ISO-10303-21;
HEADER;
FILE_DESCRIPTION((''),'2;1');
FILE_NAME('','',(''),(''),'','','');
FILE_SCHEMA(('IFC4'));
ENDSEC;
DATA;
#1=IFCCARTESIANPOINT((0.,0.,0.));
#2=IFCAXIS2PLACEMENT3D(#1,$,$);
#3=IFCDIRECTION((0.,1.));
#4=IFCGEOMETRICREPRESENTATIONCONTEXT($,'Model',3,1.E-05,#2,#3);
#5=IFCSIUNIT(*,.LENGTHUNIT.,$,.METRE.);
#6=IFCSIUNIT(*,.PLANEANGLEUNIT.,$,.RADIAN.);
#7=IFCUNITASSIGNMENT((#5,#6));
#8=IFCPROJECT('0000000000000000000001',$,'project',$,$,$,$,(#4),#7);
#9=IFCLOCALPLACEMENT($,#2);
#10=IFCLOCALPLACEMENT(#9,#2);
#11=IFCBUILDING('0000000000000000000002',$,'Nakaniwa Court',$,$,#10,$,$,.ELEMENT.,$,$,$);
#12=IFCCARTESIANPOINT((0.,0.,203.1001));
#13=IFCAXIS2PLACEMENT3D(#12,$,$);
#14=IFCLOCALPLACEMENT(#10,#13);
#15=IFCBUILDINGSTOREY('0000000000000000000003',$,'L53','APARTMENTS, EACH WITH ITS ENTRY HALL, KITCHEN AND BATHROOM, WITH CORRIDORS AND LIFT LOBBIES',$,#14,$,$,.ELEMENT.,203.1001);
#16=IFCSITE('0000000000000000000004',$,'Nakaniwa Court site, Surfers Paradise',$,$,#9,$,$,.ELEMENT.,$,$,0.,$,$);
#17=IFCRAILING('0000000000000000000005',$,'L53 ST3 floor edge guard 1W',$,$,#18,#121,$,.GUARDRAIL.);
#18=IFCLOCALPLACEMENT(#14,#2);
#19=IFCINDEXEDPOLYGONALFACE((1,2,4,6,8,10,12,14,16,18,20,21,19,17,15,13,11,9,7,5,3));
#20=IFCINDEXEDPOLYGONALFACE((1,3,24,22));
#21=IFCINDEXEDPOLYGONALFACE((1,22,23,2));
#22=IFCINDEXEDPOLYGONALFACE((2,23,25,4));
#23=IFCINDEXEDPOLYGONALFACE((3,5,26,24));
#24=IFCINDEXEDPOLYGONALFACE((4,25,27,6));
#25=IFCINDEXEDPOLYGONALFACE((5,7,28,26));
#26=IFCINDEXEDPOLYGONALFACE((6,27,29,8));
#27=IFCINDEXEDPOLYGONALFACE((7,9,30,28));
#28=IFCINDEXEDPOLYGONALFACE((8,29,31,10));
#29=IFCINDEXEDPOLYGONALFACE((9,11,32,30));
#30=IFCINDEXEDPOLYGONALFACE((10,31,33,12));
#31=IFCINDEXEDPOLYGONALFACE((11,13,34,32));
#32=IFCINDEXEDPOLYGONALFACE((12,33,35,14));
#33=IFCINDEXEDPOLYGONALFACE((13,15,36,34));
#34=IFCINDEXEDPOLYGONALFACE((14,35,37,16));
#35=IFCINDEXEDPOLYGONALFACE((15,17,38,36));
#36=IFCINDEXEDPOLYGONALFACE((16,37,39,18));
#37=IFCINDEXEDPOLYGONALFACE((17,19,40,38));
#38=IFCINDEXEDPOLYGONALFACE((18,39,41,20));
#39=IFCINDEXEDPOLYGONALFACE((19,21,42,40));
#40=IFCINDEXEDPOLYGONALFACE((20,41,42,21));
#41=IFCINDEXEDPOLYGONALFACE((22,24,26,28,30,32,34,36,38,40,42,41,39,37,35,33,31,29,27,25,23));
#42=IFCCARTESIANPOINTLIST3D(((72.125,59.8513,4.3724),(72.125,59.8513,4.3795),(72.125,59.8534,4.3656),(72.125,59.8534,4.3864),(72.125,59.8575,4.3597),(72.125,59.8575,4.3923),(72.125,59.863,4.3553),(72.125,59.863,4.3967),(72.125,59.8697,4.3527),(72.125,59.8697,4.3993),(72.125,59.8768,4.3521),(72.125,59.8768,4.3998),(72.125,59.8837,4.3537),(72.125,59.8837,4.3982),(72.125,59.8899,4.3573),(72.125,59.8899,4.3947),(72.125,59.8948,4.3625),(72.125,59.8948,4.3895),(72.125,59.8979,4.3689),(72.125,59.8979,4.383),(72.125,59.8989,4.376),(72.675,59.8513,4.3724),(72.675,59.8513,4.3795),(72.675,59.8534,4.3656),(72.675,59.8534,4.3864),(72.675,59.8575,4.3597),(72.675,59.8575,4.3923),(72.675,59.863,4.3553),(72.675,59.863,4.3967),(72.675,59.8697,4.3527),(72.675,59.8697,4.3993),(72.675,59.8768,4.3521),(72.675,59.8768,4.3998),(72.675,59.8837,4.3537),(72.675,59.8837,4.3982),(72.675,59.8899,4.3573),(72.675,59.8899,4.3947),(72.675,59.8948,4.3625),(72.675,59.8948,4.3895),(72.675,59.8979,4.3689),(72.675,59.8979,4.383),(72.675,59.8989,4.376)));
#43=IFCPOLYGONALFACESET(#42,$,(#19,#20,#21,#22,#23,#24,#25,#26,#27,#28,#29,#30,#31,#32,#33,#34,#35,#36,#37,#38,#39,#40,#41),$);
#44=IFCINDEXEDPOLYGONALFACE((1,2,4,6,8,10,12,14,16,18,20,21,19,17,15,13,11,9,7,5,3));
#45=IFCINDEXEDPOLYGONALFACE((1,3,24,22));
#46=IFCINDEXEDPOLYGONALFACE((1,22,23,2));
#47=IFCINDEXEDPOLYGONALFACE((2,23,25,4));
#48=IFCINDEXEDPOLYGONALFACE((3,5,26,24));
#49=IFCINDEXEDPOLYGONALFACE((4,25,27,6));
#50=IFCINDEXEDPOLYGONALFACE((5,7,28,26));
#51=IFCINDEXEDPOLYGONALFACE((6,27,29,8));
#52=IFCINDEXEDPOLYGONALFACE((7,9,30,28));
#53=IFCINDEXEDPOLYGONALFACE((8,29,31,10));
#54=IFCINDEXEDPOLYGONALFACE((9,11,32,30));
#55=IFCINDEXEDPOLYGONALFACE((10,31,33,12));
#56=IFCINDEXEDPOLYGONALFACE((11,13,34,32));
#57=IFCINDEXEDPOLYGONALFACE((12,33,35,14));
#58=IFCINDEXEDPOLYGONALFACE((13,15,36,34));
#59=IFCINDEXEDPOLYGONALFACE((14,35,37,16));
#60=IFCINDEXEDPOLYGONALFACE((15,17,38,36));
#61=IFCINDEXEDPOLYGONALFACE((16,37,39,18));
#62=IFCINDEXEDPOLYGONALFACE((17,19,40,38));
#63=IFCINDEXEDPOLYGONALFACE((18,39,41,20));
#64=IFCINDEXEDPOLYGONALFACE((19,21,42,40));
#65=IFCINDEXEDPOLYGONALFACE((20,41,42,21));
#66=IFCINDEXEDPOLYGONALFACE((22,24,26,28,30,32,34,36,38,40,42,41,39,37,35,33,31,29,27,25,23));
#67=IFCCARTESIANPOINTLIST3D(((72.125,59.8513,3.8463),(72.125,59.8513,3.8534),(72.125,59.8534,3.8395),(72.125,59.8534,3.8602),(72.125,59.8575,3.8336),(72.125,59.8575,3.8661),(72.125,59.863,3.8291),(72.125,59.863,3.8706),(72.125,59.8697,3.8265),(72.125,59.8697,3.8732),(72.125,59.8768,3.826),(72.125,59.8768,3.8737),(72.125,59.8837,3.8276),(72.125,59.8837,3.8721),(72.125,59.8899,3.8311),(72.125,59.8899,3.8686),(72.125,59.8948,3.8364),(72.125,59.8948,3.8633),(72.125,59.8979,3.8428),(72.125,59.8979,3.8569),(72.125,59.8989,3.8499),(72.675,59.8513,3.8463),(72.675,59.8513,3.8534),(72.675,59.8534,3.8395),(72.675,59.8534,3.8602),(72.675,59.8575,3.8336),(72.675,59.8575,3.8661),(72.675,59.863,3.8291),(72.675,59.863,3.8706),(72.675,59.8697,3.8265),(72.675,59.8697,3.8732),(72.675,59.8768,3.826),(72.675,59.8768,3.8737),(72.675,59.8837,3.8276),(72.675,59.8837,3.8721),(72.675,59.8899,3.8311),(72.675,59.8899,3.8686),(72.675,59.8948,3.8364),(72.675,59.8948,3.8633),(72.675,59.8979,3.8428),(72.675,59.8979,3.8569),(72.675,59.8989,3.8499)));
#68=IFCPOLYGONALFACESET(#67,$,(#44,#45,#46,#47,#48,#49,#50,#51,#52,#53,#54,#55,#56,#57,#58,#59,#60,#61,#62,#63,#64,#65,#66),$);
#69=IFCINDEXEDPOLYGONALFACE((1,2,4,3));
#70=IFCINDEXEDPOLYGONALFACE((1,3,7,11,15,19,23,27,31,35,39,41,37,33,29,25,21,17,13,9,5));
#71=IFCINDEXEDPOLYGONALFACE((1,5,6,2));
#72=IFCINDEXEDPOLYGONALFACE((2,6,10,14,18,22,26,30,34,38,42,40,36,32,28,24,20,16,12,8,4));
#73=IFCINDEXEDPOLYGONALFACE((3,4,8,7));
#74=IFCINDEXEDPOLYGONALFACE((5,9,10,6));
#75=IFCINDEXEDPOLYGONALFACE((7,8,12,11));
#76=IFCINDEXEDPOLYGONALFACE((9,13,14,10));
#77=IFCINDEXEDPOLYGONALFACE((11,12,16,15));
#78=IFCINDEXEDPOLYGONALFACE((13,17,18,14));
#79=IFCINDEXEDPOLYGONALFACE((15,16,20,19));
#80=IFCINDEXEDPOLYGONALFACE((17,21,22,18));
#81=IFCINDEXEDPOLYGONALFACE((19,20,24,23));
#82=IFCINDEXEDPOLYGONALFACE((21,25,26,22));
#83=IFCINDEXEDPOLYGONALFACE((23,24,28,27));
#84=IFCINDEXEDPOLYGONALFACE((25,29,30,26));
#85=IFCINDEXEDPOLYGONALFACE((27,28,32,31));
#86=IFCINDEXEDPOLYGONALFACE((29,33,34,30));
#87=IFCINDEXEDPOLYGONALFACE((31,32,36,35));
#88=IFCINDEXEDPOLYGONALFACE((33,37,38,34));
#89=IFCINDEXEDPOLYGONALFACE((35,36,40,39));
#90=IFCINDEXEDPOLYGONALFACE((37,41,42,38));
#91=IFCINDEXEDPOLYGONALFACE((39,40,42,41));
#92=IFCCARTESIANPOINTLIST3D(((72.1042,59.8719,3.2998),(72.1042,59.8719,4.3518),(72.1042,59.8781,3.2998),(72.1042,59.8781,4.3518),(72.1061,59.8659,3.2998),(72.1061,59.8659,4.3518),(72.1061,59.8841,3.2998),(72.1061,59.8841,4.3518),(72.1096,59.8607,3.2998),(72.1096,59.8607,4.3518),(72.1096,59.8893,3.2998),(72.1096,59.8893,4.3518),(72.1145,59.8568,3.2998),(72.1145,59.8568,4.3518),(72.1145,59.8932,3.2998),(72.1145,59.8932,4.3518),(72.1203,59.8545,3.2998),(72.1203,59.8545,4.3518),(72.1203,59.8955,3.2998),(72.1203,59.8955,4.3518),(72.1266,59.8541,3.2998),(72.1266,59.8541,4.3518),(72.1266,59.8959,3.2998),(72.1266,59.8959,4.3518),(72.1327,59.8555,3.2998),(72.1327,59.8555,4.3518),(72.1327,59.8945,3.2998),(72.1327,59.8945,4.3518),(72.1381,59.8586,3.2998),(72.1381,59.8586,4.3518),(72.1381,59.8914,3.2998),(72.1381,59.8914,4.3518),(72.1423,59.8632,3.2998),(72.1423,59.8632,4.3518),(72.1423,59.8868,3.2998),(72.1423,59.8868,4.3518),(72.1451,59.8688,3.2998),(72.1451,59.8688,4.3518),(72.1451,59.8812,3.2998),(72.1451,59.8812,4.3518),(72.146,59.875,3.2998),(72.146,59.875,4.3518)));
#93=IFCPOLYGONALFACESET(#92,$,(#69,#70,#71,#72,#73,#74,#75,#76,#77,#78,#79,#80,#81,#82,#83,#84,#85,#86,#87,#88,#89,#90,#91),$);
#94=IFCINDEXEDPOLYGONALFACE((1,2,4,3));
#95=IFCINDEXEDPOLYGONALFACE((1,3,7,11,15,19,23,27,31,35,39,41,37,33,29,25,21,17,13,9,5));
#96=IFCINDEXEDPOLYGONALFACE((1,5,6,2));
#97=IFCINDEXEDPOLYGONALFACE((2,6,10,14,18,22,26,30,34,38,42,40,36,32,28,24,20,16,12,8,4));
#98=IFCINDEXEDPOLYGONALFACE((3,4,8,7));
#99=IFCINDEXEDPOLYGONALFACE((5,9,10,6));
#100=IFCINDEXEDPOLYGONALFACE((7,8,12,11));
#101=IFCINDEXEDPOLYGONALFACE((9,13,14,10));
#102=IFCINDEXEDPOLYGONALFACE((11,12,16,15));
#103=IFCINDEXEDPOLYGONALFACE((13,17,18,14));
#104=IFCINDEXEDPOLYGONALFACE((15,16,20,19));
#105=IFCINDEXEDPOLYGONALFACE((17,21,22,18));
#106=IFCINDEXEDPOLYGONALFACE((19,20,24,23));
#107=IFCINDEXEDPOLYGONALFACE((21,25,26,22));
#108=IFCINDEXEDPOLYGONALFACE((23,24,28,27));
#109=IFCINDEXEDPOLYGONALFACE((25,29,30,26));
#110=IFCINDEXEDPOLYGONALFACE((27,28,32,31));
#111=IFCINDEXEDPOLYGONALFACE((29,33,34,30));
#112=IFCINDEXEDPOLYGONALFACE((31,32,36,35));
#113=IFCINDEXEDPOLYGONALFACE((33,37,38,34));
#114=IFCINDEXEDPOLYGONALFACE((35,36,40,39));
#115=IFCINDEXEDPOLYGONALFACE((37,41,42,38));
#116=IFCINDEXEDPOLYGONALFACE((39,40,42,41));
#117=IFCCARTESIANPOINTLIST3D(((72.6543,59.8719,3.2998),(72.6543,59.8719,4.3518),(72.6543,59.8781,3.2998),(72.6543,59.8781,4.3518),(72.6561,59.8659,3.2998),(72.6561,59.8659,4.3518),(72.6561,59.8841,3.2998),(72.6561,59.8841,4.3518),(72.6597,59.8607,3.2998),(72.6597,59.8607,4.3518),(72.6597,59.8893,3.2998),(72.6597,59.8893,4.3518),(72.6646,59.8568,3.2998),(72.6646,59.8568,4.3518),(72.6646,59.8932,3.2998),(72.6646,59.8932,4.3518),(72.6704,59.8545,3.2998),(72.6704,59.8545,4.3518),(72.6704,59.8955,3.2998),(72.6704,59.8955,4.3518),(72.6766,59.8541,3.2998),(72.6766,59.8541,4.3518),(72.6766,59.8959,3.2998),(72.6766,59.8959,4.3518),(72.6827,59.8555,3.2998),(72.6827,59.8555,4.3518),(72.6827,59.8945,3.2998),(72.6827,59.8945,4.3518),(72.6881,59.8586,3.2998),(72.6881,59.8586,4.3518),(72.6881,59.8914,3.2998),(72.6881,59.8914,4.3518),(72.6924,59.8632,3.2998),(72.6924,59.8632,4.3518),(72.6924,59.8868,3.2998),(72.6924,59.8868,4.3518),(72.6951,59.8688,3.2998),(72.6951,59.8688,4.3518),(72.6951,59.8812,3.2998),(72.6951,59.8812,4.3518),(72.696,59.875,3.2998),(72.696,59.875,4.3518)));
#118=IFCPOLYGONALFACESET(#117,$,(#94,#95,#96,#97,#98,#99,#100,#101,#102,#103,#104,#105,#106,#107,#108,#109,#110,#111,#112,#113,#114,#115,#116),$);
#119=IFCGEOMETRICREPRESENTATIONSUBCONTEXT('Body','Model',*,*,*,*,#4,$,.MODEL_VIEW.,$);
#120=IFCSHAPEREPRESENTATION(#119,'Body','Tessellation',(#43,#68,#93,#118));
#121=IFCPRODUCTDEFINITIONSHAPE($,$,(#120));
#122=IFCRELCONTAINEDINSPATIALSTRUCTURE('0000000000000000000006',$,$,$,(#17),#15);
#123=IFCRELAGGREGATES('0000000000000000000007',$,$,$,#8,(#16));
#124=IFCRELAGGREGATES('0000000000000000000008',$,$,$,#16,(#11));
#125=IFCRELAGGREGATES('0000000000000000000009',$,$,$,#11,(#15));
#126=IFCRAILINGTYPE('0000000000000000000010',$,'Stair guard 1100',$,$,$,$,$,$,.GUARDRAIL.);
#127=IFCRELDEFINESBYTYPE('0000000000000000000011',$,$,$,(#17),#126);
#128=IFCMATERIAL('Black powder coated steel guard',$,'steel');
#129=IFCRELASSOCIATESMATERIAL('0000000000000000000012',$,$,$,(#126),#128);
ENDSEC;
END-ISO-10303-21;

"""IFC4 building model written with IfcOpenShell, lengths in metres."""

from ifc_helpers import new_model, si_unit, direction, frame, origin, origin_2d, place, context, subcontext, project, spatial, circle, extrude, material, type_object, element, save


model = new_model("IFC4")

# Units and contexts
model_context = context("Model", 3, precision=1e-05, world=origin(), true_north=direction((0.0, 1.0)))
body_context = subcontext(model_context, "Body", "Model", "MODEL_VIEW")
ifc_project = project(units=[si_unit("LENGTHUNIT", "METRE"), si_unit("PLANEANGLEUNIT", "RADIAN")], contexts=[model_context])

# Site, building, storey
site_placement = place(None, origin())
site = spatial("IfcSite", under=ifc_project, at=site_placement, Name="Nakaniwa Court site, Surfers Paradise", CompositionType="ELEMENT", RefElevation=0.0)
building_placement = place(site_placement, origin())
building = spatial("IfcBuilding", under=site, at=building_placement, Name="Nakaniwa Court", CompositionType="ELEMENT")
storey_placement = place(building_placement, frame((0.0, 0.0, 203.1001)))
storey = spatial("IfcBuildingStorey", under=building, at=storey_placement, Name="L53", Description="APARTMENTS, EACH WITH ITS ENTRY HALL, KITCHEN AND BATHROOM, WITH CORRIDORS AND LIFT LOBBIES", CompositionType="ELEMENT", Elevation=203.1001)

# Railing
ifc_material_1 = material(Name="Black powder coated steel guard", Category="steel")
railing_type_1 = type_object("IfcRailingType", Name="Stair guard 1100", PredefinedType="GUARDRAIL", material=ifc_material_1)
for number, where, name in (
    (1, (72.125, 59.875, 3.2998), "L53 ST3 floor edge guard 1W"),
):
    element("IfcRailing", number, at=place(storey_placement, frame(where)), inside=storey, type_object=railing_type_1, Name=name, PredefinedType="GUARDRAIL", context=body_context, shape_type="SweptSolid", body=[
        extrude(circle(Radius=0.0239, at=origin_2d()), frame((0.0, 0.0, 1.0762), z_axis=(1.0, 0.0, 0.0), x_axis=(0.0, 1.0, 0.0)), (0.0, 0.0, 1.0), 0.55),
        extrude(circle(Radius=0.0239, at=origin_2d()), frame((0.0, 0.0, 0.55), z_axis=(1.0, 0.0, 0.0), x_axis=(0.0, 1.0, 0.0)), (0.0, 0.0, 1.0), 0.55),
        extrude(circle(Radius=0.021, at=origin_2d()), origin(), (0.0, 0.0, 1.0), 1.052),
        extrude(circle(Radius=0.021, at=origin_2d()), frame((0.55, 0.0, 0.0)), (0.0, 0.0, 1.0), 1.052),
    ])

save(model, "model.ifc")
